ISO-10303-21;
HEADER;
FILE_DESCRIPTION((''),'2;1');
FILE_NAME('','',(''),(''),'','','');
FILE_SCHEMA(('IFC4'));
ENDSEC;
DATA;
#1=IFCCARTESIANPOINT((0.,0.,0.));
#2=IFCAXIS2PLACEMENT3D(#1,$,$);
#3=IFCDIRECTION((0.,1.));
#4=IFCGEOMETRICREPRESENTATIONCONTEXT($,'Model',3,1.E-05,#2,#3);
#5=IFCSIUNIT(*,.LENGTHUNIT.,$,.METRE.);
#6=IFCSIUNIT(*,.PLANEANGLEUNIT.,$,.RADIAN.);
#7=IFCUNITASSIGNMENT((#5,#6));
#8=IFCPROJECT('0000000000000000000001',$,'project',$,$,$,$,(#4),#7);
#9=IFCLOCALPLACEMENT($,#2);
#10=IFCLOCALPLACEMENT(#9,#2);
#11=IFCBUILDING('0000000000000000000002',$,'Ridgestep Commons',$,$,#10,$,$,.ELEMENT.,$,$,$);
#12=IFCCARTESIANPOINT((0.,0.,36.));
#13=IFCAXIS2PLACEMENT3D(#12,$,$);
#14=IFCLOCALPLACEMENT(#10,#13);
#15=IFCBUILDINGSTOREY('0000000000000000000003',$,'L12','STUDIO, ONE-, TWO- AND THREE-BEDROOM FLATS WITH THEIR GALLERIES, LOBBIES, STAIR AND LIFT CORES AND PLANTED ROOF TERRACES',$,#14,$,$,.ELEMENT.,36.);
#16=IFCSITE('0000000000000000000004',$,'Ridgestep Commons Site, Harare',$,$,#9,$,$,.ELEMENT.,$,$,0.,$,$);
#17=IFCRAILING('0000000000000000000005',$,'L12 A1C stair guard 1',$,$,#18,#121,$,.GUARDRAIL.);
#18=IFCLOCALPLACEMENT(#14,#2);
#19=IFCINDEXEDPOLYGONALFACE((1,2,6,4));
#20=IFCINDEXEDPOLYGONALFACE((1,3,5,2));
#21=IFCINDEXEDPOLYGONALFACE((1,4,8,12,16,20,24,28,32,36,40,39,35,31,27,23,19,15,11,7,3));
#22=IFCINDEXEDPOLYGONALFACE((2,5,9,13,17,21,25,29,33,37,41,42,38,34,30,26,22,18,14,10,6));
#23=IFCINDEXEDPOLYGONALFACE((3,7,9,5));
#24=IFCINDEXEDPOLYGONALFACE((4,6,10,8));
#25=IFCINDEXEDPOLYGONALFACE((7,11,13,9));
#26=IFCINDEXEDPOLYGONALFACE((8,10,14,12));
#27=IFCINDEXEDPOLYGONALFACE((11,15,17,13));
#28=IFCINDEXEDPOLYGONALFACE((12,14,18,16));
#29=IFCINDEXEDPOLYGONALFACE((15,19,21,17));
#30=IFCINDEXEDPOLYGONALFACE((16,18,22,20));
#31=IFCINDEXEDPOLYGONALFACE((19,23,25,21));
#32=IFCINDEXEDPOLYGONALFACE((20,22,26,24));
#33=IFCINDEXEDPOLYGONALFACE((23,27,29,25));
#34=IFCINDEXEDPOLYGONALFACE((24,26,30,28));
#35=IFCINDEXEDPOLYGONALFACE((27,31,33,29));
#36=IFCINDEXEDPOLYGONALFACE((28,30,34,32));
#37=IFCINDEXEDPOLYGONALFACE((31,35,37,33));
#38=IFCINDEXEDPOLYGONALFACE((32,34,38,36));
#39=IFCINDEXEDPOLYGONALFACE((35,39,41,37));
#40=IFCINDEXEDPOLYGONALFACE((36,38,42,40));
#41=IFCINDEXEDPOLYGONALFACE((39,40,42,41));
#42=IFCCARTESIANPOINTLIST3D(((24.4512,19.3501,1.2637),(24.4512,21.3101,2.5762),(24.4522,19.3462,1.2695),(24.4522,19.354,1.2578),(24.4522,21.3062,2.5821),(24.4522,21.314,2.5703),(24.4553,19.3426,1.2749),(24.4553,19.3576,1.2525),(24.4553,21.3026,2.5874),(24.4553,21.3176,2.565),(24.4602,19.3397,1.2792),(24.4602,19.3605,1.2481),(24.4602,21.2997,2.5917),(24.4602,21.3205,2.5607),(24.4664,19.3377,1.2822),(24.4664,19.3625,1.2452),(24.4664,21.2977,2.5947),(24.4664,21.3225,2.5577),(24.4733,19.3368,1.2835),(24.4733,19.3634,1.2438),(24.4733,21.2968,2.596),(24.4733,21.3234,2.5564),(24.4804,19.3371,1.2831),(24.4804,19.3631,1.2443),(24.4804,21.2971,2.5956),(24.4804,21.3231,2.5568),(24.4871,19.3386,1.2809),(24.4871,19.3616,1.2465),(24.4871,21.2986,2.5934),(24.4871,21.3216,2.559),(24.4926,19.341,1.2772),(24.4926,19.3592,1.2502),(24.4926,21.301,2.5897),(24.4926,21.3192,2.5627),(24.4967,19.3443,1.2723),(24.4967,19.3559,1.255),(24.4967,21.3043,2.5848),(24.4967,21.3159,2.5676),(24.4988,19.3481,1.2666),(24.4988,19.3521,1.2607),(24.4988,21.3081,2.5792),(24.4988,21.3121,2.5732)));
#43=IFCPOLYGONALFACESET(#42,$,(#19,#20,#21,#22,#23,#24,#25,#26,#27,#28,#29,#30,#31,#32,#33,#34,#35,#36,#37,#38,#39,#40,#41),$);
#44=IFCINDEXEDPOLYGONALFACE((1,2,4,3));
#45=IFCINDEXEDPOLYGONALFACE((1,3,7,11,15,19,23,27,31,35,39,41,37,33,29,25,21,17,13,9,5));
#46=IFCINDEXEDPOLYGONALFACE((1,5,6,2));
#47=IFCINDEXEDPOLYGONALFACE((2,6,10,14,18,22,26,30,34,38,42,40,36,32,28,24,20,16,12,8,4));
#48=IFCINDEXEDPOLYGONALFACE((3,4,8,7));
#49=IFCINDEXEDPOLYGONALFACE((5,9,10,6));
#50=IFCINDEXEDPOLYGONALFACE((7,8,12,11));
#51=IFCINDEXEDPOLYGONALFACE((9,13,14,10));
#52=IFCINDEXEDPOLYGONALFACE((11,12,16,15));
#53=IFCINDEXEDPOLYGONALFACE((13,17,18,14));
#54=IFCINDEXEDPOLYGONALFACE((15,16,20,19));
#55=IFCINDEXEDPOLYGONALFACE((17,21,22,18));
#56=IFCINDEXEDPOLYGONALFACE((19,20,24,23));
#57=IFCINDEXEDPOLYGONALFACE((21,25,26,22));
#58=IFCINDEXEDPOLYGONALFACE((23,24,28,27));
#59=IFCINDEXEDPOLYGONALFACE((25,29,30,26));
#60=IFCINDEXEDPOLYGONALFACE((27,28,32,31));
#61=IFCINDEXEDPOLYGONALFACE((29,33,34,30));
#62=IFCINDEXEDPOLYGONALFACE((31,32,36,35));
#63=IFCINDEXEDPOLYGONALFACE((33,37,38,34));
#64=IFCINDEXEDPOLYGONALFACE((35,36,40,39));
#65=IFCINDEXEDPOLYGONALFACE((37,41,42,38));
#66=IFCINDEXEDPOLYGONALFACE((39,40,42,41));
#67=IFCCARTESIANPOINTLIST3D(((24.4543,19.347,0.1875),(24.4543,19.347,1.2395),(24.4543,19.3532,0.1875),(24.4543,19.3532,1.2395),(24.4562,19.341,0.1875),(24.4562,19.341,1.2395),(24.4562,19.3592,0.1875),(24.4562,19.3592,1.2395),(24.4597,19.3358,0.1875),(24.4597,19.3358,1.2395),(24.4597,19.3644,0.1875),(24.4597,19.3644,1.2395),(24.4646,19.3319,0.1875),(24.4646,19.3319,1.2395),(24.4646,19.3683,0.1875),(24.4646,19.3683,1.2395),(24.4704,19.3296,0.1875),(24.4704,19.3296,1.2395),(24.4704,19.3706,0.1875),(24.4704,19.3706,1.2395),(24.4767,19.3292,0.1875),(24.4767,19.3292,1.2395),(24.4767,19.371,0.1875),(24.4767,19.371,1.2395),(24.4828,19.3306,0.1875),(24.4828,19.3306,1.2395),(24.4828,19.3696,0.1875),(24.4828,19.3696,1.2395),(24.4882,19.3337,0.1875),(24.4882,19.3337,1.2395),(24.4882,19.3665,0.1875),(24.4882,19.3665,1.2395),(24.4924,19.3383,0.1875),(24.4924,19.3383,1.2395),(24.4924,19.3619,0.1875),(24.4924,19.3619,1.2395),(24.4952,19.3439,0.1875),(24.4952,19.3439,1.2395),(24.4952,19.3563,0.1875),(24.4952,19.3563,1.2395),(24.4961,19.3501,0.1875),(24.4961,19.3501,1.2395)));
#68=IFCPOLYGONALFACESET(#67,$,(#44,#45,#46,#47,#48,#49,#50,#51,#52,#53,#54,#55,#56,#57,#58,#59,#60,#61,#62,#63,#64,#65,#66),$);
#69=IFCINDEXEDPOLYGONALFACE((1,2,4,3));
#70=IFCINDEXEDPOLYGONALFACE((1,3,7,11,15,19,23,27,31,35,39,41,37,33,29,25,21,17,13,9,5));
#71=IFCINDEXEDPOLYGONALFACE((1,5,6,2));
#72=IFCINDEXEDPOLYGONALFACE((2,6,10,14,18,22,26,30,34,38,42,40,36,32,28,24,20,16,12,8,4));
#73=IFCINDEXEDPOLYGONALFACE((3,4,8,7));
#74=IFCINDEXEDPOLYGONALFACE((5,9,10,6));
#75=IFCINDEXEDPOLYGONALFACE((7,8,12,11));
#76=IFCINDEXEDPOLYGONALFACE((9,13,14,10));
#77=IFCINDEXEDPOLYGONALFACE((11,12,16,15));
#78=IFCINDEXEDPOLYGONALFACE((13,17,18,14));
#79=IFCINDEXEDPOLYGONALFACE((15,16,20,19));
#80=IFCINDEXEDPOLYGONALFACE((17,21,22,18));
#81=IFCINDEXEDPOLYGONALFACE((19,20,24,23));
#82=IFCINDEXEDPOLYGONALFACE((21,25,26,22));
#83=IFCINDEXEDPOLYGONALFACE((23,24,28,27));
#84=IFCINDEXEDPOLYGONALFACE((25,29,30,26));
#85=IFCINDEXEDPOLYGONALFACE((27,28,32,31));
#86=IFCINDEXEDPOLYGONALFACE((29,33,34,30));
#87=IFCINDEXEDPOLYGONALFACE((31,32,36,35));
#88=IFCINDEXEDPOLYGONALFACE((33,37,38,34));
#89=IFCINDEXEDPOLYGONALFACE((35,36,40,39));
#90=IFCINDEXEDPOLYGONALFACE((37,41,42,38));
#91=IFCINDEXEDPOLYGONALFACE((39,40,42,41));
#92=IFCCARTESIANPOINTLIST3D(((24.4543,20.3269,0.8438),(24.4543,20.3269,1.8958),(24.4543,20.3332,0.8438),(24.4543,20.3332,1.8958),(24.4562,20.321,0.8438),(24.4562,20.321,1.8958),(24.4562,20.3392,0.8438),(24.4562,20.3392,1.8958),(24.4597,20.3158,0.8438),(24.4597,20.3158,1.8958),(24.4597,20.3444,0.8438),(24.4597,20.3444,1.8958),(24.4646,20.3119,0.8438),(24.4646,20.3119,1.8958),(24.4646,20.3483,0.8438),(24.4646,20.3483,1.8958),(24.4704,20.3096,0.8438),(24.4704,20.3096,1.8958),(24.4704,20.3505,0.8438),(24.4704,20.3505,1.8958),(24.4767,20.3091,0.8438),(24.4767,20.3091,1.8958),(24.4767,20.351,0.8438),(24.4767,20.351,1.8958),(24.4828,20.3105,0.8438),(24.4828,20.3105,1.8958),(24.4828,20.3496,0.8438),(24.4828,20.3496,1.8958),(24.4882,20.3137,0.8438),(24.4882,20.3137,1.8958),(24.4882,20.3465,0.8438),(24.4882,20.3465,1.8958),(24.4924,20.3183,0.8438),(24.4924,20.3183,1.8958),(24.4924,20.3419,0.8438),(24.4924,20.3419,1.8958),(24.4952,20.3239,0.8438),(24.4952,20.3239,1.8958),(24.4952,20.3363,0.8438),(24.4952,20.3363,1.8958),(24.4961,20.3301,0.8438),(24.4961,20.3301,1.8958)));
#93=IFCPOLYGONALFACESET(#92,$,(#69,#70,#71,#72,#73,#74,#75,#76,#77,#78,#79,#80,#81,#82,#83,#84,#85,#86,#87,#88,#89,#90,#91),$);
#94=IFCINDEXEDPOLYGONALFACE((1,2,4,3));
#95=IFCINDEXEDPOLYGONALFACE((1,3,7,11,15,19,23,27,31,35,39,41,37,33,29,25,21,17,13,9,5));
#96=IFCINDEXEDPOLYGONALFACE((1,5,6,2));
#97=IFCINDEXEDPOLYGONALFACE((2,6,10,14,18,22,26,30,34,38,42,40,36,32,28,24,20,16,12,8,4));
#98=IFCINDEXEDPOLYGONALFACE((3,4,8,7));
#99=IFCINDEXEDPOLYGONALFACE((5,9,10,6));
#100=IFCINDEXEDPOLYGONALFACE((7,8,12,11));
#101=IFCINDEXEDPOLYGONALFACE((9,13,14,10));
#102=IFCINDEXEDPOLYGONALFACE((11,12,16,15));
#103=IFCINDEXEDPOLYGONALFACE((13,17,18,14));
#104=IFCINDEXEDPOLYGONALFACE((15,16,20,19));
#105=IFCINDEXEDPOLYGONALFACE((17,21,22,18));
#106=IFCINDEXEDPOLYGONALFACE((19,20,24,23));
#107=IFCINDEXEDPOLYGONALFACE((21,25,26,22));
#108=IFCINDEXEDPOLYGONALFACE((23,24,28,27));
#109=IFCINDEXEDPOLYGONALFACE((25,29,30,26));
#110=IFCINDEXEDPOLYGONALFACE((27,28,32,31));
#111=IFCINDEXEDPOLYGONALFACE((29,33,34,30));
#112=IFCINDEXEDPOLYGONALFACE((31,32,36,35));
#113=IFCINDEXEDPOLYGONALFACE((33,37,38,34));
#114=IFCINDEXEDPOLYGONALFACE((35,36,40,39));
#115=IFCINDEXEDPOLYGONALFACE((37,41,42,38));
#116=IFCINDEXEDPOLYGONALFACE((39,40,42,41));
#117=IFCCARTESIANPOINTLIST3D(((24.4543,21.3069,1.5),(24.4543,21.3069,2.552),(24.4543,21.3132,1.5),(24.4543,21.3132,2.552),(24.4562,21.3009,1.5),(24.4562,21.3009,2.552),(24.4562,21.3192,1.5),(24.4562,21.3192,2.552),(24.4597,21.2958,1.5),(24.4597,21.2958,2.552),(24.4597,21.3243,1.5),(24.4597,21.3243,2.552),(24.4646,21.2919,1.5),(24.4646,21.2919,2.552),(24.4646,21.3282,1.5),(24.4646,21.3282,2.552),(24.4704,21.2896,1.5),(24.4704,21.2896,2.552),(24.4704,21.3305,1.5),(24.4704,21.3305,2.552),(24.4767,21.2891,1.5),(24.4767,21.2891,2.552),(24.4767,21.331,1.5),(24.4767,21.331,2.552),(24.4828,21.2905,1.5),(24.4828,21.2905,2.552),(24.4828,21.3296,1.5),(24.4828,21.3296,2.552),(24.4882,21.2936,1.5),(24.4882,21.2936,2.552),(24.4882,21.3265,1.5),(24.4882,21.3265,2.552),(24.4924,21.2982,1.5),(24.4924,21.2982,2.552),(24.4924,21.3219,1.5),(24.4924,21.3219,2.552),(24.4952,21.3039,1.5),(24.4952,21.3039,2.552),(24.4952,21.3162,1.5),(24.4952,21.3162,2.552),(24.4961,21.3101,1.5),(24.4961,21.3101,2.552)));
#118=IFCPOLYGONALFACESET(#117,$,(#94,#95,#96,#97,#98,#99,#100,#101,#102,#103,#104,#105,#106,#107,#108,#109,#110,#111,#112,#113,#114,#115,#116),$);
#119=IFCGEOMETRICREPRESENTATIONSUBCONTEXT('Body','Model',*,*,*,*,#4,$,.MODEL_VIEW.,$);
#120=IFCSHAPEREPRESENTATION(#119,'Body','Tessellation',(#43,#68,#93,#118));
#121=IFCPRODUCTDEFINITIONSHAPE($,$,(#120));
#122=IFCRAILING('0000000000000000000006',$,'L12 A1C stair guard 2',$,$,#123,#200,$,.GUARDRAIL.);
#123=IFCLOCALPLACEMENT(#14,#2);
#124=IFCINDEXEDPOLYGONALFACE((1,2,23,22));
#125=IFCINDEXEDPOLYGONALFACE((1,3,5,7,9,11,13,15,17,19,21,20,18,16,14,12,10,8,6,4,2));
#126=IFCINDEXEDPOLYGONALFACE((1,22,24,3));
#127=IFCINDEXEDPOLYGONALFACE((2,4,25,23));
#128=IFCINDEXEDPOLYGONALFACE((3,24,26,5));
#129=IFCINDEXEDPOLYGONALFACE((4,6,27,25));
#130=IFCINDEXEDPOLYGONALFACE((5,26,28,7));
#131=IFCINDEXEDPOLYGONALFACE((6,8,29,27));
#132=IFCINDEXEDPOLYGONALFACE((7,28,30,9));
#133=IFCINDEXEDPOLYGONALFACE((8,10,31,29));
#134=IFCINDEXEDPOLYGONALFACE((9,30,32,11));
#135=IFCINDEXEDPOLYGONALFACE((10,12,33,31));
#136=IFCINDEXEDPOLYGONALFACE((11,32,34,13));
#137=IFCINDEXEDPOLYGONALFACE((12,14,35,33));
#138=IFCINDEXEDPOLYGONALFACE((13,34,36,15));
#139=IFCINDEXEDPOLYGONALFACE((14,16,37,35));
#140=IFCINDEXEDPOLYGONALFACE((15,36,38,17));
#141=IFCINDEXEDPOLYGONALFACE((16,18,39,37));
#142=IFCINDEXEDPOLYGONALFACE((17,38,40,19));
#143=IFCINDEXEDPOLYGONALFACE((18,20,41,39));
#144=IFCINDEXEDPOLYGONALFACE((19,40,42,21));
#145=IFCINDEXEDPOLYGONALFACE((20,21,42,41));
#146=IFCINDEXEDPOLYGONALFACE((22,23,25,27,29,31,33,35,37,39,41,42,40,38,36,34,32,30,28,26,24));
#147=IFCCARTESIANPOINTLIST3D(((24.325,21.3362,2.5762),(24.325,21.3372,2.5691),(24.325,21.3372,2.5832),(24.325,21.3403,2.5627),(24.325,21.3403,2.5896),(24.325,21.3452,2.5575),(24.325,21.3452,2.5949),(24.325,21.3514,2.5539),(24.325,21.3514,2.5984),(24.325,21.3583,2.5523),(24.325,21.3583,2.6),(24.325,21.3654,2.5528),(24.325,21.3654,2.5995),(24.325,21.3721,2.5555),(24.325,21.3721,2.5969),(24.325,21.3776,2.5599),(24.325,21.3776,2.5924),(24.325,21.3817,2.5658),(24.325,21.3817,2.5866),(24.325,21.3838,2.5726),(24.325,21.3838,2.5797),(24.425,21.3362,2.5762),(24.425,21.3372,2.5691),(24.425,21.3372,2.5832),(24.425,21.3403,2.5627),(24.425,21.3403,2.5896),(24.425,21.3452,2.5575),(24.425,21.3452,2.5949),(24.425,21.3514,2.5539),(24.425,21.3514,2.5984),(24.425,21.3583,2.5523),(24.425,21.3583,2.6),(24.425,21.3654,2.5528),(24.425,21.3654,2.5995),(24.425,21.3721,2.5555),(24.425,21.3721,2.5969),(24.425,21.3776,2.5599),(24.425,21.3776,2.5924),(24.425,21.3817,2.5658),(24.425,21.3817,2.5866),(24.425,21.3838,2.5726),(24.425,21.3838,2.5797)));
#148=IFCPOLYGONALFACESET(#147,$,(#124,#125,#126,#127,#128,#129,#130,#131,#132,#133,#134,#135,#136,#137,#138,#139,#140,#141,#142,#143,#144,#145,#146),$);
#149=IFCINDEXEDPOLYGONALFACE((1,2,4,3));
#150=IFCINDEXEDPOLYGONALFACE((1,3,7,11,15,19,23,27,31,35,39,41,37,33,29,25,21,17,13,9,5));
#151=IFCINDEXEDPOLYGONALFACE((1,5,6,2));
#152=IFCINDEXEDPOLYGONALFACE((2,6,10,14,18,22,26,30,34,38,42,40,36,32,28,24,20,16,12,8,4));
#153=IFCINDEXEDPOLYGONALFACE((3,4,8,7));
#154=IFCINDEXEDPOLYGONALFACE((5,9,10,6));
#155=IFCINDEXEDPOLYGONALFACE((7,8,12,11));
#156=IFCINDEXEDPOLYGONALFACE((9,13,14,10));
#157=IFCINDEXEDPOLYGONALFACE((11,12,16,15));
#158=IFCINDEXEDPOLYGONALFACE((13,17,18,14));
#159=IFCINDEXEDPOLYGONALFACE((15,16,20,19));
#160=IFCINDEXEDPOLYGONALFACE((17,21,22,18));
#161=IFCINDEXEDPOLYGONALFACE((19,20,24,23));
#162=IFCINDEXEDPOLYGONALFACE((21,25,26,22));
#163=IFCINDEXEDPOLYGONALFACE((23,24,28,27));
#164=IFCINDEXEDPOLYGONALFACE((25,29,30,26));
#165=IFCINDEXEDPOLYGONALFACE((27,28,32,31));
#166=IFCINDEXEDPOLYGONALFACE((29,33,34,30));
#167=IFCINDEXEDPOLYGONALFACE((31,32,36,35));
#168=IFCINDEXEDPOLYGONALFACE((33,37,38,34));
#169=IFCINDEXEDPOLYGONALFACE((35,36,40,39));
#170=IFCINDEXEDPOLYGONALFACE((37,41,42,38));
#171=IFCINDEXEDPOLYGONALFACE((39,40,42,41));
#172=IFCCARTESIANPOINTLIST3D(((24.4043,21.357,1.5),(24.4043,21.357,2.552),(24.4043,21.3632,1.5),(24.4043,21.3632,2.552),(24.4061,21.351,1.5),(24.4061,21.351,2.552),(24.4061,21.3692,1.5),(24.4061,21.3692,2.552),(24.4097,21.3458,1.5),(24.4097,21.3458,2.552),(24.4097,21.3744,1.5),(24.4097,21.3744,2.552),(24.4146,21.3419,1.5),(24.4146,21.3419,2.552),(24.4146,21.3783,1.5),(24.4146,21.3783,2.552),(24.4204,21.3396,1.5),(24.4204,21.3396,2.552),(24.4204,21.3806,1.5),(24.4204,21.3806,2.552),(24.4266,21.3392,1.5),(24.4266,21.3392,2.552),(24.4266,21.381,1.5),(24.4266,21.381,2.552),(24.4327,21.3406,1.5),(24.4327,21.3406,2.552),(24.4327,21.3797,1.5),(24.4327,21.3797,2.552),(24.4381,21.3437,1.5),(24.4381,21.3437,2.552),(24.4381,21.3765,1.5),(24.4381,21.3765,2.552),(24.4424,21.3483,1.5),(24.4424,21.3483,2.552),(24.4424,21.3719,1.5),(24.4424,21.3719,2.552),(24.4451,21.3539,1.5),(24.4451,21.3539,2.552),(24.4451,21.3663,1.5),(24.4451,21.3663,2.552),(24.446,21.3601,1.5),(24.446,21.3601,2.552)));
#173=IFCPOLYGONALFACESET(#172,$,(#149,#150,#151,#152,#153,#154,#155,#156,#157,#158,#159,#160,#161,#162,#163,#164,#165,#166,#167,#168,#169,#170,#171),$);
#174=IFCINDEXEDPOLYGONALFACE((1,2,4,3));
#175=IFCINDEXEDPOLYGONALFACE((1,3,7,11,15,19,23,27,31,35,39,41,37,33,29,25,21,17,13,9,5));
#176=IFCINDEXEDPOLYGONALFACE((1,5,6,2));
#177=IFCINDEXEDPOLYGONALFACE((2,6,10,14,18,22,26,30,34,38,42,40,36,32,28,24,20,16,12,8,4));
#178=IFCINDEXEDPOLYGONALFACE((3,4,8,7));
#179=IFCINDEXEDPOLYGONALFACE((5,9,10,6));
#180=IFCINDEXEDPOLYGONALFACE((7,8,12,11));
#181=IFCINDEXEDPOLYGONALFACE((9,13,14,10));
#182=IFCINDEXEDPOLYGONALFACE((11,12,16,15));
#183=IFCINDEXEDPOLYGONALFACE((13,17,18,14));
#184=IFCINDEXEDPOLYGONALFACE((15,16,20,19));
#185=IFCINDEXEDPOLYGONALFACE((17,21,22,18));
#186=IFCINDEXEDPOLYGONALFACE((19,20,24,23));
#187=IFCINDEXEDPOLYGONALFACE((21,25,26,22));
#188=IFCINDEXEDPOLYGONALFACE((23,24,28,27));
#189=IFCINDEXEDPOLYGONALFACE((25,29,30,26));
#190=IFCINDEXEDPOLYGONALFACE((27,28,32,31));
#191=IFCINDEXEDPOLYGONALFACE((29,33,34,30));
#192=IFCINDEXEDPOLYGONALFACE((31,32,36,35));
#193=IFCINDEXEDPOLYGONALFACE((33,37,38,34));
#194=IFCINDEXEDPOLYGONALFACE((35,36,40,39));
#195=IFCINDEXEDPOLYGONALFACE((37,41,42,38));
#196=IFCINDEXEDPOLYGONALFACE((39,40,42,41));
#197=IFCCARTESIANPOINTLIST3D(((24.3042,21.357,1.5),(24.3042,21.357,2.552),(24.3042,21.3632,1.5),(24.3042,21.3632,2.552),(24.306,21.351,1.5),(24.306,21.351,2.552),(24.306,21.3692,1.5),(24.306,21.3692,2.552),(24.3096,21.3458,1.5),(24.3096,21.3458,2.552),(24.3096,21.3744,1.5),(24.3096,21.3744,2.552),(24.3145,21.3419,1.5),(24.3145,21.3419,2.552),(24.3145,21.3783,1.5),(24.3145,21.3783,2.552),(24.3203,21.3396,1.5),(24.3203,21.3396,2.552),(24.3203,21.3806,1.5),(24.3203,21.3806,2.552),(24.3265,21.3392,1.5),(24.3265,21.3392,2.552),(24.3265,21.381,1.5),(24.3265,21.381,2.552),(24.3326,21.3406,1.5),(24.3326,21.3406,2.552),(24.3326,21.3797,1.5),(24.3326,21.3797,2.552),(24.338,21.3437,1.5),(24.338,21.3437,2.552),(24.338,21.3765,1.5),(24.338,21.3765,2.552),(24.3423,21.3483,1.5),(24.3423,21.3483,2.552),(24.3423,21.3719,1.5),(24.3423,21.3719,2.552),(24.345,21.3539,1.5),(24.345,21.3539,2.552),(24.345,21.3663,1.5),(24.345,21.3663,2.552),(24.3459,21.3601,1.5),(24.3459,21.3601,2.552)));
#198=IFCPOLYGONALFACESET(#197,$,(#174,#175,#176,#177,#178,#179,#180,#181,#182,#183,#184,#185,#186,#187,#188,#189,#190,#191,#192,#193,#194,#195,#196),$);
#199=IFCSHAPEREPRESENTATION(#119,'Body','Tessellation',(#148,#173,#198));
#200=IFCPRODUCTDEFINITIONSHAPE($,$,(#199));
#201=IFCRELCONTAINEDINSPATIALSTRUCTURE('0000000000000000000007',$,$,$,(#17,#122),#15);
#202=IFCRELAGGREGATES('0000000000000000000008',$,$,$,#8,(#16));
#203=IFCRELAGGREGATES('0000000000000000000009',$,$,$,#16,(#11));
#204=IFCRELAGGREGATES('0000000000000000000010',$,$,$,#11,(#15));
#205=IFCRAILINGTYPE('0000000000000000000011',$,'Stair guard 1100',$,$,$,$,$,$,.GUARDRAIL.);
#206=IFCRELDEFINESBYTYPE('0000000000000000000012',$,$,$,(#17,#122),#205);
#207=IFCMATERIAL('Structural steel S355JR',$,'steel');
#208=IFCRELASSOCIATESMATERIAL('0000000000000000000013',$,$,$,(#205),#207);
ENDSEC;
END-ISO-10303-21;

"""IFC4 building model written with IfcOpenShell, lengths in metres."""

from ifc_helpers import new_model, si_unit, direction, frame, origin, origin_2d, place, context, subcontext, project, spatial, circle, extrude, material, type_object, element, save


model = new_model("IFC4")

# Units and contexts
model_context = context("Model", 3, precision=1e-05, world=origin(), true_north=direction((0.0, 1.0)))
body_context = subcontext(model_context, "Body", "Model", "MODEL_VIEW")
ifc_project = project(units=[si_unit("LENGTHUNIT", "METRE"), si_unit("PLANEANGLEUNIT", "RADIAN")], contexts=[model_context])

# Site, building, storey
site_placement = place(None, origin())
site = spatial("IfcSite", under=ifc_project, at=site_placement, Name="Ridgestep Commons Site, Harare", CompositionType="ELEMENT", RefElevation=0.0)
building_placement = place(site_placement, origin())
building = spatial("IfcBuilding", under=site, at=building_placement, Name="Ridgestep Commons", CompositionType="ELEMENT")
storey_placement = place(building_placement, frame((0.0, 0.0, 36.0)))
storey = spatial("IfcBuildingStorey", under=building, at=storey_placement, Name="L12", Description="STUDIO, ONE-, TWO- AND THREE-BEDROOM FLATS WITH THEIR GALLERIES, LOBBIES, STAIR AND LIFT CORES AND PLANTED ROOF TERRACES", CompositionType="ELEMENT", Elevation=36.0)

# Railings
ifc_material_1 = material(Name="Structural steel S355JR", Category="steel")
railing_type_1 = type_object("IfcRailingType", Name="Stair guard 1100", PredefinedType="GUARDRAIL", material=ifc_material_1)
railing_1_placement = place(storey_placement, frame((24.4751, 19.3501, 0.1875)))
element("IfcRailing", 1, at=railing_1_placement, inside=storey, type_object=railing_type_1, Name="L12 A1C stair guard 1", PredefinedType="GUARDRAIL", context=body_context, shape_type="SweptSolid", body=[
    extrude(circle(Radius=0.0239, at=origin_2d()), frame((0.0, 0.0, 1.0762), z_axis=(0.0, 0.830902, 0.556419), x_axis=(-1.0, 0.0, 0.0)), (0.0, 0.0, 1.0), 2.3589),
    extrude(circle(Radius=0.021, at=origin_2d()), origin(), (0.0, 0.0, 1.0), 1.052),
    extrude(circle(Radius=0.021, at=origin_2d()), frame((0.0, 0.98, 0.6562)), (0.0, 0.0, 1.0), 1.052),
    extrude(circle(Radius=0.021, at=origin_2d()), frame((0.0, 1.96, 1.3125)), (0.0, 0.0, 1.0), 1.052),
])
for number, where, name in (
    (2, (24.425, 21.3601, 1.5), "L12 A1C stair guard 2"),
):
    element("IfcRailing", number, at=place(storey_placement, frame(where)), inside=storey, type_object=railing_type_1, Name=name, PredefinedType="GUARDRAIL", context=body_context, shape_type="SweptSolid", body=[
        extrude(circle(Radius=0.0239, at=origin_2d()), frame((0.0, 0.0, 1.0762), z_axis=(-1.0, 0.0, 0.0), x_axis=(0.0, -1.0, 0.0)), (0.0, 0.0, 1.0), 0.1001),
        extrude(circle(Radius=0.021, at=origin_2d()), origin(), (0.0, 0.0, 1.0), 1.052),
        extrude(circle(Radius=0.021, at=origin_2d()), frame((-0.1001, 0.0, 0.0)), (0.0, 0.0, 1.0), 1.052),
    ])

save(model, "model.ifc")
